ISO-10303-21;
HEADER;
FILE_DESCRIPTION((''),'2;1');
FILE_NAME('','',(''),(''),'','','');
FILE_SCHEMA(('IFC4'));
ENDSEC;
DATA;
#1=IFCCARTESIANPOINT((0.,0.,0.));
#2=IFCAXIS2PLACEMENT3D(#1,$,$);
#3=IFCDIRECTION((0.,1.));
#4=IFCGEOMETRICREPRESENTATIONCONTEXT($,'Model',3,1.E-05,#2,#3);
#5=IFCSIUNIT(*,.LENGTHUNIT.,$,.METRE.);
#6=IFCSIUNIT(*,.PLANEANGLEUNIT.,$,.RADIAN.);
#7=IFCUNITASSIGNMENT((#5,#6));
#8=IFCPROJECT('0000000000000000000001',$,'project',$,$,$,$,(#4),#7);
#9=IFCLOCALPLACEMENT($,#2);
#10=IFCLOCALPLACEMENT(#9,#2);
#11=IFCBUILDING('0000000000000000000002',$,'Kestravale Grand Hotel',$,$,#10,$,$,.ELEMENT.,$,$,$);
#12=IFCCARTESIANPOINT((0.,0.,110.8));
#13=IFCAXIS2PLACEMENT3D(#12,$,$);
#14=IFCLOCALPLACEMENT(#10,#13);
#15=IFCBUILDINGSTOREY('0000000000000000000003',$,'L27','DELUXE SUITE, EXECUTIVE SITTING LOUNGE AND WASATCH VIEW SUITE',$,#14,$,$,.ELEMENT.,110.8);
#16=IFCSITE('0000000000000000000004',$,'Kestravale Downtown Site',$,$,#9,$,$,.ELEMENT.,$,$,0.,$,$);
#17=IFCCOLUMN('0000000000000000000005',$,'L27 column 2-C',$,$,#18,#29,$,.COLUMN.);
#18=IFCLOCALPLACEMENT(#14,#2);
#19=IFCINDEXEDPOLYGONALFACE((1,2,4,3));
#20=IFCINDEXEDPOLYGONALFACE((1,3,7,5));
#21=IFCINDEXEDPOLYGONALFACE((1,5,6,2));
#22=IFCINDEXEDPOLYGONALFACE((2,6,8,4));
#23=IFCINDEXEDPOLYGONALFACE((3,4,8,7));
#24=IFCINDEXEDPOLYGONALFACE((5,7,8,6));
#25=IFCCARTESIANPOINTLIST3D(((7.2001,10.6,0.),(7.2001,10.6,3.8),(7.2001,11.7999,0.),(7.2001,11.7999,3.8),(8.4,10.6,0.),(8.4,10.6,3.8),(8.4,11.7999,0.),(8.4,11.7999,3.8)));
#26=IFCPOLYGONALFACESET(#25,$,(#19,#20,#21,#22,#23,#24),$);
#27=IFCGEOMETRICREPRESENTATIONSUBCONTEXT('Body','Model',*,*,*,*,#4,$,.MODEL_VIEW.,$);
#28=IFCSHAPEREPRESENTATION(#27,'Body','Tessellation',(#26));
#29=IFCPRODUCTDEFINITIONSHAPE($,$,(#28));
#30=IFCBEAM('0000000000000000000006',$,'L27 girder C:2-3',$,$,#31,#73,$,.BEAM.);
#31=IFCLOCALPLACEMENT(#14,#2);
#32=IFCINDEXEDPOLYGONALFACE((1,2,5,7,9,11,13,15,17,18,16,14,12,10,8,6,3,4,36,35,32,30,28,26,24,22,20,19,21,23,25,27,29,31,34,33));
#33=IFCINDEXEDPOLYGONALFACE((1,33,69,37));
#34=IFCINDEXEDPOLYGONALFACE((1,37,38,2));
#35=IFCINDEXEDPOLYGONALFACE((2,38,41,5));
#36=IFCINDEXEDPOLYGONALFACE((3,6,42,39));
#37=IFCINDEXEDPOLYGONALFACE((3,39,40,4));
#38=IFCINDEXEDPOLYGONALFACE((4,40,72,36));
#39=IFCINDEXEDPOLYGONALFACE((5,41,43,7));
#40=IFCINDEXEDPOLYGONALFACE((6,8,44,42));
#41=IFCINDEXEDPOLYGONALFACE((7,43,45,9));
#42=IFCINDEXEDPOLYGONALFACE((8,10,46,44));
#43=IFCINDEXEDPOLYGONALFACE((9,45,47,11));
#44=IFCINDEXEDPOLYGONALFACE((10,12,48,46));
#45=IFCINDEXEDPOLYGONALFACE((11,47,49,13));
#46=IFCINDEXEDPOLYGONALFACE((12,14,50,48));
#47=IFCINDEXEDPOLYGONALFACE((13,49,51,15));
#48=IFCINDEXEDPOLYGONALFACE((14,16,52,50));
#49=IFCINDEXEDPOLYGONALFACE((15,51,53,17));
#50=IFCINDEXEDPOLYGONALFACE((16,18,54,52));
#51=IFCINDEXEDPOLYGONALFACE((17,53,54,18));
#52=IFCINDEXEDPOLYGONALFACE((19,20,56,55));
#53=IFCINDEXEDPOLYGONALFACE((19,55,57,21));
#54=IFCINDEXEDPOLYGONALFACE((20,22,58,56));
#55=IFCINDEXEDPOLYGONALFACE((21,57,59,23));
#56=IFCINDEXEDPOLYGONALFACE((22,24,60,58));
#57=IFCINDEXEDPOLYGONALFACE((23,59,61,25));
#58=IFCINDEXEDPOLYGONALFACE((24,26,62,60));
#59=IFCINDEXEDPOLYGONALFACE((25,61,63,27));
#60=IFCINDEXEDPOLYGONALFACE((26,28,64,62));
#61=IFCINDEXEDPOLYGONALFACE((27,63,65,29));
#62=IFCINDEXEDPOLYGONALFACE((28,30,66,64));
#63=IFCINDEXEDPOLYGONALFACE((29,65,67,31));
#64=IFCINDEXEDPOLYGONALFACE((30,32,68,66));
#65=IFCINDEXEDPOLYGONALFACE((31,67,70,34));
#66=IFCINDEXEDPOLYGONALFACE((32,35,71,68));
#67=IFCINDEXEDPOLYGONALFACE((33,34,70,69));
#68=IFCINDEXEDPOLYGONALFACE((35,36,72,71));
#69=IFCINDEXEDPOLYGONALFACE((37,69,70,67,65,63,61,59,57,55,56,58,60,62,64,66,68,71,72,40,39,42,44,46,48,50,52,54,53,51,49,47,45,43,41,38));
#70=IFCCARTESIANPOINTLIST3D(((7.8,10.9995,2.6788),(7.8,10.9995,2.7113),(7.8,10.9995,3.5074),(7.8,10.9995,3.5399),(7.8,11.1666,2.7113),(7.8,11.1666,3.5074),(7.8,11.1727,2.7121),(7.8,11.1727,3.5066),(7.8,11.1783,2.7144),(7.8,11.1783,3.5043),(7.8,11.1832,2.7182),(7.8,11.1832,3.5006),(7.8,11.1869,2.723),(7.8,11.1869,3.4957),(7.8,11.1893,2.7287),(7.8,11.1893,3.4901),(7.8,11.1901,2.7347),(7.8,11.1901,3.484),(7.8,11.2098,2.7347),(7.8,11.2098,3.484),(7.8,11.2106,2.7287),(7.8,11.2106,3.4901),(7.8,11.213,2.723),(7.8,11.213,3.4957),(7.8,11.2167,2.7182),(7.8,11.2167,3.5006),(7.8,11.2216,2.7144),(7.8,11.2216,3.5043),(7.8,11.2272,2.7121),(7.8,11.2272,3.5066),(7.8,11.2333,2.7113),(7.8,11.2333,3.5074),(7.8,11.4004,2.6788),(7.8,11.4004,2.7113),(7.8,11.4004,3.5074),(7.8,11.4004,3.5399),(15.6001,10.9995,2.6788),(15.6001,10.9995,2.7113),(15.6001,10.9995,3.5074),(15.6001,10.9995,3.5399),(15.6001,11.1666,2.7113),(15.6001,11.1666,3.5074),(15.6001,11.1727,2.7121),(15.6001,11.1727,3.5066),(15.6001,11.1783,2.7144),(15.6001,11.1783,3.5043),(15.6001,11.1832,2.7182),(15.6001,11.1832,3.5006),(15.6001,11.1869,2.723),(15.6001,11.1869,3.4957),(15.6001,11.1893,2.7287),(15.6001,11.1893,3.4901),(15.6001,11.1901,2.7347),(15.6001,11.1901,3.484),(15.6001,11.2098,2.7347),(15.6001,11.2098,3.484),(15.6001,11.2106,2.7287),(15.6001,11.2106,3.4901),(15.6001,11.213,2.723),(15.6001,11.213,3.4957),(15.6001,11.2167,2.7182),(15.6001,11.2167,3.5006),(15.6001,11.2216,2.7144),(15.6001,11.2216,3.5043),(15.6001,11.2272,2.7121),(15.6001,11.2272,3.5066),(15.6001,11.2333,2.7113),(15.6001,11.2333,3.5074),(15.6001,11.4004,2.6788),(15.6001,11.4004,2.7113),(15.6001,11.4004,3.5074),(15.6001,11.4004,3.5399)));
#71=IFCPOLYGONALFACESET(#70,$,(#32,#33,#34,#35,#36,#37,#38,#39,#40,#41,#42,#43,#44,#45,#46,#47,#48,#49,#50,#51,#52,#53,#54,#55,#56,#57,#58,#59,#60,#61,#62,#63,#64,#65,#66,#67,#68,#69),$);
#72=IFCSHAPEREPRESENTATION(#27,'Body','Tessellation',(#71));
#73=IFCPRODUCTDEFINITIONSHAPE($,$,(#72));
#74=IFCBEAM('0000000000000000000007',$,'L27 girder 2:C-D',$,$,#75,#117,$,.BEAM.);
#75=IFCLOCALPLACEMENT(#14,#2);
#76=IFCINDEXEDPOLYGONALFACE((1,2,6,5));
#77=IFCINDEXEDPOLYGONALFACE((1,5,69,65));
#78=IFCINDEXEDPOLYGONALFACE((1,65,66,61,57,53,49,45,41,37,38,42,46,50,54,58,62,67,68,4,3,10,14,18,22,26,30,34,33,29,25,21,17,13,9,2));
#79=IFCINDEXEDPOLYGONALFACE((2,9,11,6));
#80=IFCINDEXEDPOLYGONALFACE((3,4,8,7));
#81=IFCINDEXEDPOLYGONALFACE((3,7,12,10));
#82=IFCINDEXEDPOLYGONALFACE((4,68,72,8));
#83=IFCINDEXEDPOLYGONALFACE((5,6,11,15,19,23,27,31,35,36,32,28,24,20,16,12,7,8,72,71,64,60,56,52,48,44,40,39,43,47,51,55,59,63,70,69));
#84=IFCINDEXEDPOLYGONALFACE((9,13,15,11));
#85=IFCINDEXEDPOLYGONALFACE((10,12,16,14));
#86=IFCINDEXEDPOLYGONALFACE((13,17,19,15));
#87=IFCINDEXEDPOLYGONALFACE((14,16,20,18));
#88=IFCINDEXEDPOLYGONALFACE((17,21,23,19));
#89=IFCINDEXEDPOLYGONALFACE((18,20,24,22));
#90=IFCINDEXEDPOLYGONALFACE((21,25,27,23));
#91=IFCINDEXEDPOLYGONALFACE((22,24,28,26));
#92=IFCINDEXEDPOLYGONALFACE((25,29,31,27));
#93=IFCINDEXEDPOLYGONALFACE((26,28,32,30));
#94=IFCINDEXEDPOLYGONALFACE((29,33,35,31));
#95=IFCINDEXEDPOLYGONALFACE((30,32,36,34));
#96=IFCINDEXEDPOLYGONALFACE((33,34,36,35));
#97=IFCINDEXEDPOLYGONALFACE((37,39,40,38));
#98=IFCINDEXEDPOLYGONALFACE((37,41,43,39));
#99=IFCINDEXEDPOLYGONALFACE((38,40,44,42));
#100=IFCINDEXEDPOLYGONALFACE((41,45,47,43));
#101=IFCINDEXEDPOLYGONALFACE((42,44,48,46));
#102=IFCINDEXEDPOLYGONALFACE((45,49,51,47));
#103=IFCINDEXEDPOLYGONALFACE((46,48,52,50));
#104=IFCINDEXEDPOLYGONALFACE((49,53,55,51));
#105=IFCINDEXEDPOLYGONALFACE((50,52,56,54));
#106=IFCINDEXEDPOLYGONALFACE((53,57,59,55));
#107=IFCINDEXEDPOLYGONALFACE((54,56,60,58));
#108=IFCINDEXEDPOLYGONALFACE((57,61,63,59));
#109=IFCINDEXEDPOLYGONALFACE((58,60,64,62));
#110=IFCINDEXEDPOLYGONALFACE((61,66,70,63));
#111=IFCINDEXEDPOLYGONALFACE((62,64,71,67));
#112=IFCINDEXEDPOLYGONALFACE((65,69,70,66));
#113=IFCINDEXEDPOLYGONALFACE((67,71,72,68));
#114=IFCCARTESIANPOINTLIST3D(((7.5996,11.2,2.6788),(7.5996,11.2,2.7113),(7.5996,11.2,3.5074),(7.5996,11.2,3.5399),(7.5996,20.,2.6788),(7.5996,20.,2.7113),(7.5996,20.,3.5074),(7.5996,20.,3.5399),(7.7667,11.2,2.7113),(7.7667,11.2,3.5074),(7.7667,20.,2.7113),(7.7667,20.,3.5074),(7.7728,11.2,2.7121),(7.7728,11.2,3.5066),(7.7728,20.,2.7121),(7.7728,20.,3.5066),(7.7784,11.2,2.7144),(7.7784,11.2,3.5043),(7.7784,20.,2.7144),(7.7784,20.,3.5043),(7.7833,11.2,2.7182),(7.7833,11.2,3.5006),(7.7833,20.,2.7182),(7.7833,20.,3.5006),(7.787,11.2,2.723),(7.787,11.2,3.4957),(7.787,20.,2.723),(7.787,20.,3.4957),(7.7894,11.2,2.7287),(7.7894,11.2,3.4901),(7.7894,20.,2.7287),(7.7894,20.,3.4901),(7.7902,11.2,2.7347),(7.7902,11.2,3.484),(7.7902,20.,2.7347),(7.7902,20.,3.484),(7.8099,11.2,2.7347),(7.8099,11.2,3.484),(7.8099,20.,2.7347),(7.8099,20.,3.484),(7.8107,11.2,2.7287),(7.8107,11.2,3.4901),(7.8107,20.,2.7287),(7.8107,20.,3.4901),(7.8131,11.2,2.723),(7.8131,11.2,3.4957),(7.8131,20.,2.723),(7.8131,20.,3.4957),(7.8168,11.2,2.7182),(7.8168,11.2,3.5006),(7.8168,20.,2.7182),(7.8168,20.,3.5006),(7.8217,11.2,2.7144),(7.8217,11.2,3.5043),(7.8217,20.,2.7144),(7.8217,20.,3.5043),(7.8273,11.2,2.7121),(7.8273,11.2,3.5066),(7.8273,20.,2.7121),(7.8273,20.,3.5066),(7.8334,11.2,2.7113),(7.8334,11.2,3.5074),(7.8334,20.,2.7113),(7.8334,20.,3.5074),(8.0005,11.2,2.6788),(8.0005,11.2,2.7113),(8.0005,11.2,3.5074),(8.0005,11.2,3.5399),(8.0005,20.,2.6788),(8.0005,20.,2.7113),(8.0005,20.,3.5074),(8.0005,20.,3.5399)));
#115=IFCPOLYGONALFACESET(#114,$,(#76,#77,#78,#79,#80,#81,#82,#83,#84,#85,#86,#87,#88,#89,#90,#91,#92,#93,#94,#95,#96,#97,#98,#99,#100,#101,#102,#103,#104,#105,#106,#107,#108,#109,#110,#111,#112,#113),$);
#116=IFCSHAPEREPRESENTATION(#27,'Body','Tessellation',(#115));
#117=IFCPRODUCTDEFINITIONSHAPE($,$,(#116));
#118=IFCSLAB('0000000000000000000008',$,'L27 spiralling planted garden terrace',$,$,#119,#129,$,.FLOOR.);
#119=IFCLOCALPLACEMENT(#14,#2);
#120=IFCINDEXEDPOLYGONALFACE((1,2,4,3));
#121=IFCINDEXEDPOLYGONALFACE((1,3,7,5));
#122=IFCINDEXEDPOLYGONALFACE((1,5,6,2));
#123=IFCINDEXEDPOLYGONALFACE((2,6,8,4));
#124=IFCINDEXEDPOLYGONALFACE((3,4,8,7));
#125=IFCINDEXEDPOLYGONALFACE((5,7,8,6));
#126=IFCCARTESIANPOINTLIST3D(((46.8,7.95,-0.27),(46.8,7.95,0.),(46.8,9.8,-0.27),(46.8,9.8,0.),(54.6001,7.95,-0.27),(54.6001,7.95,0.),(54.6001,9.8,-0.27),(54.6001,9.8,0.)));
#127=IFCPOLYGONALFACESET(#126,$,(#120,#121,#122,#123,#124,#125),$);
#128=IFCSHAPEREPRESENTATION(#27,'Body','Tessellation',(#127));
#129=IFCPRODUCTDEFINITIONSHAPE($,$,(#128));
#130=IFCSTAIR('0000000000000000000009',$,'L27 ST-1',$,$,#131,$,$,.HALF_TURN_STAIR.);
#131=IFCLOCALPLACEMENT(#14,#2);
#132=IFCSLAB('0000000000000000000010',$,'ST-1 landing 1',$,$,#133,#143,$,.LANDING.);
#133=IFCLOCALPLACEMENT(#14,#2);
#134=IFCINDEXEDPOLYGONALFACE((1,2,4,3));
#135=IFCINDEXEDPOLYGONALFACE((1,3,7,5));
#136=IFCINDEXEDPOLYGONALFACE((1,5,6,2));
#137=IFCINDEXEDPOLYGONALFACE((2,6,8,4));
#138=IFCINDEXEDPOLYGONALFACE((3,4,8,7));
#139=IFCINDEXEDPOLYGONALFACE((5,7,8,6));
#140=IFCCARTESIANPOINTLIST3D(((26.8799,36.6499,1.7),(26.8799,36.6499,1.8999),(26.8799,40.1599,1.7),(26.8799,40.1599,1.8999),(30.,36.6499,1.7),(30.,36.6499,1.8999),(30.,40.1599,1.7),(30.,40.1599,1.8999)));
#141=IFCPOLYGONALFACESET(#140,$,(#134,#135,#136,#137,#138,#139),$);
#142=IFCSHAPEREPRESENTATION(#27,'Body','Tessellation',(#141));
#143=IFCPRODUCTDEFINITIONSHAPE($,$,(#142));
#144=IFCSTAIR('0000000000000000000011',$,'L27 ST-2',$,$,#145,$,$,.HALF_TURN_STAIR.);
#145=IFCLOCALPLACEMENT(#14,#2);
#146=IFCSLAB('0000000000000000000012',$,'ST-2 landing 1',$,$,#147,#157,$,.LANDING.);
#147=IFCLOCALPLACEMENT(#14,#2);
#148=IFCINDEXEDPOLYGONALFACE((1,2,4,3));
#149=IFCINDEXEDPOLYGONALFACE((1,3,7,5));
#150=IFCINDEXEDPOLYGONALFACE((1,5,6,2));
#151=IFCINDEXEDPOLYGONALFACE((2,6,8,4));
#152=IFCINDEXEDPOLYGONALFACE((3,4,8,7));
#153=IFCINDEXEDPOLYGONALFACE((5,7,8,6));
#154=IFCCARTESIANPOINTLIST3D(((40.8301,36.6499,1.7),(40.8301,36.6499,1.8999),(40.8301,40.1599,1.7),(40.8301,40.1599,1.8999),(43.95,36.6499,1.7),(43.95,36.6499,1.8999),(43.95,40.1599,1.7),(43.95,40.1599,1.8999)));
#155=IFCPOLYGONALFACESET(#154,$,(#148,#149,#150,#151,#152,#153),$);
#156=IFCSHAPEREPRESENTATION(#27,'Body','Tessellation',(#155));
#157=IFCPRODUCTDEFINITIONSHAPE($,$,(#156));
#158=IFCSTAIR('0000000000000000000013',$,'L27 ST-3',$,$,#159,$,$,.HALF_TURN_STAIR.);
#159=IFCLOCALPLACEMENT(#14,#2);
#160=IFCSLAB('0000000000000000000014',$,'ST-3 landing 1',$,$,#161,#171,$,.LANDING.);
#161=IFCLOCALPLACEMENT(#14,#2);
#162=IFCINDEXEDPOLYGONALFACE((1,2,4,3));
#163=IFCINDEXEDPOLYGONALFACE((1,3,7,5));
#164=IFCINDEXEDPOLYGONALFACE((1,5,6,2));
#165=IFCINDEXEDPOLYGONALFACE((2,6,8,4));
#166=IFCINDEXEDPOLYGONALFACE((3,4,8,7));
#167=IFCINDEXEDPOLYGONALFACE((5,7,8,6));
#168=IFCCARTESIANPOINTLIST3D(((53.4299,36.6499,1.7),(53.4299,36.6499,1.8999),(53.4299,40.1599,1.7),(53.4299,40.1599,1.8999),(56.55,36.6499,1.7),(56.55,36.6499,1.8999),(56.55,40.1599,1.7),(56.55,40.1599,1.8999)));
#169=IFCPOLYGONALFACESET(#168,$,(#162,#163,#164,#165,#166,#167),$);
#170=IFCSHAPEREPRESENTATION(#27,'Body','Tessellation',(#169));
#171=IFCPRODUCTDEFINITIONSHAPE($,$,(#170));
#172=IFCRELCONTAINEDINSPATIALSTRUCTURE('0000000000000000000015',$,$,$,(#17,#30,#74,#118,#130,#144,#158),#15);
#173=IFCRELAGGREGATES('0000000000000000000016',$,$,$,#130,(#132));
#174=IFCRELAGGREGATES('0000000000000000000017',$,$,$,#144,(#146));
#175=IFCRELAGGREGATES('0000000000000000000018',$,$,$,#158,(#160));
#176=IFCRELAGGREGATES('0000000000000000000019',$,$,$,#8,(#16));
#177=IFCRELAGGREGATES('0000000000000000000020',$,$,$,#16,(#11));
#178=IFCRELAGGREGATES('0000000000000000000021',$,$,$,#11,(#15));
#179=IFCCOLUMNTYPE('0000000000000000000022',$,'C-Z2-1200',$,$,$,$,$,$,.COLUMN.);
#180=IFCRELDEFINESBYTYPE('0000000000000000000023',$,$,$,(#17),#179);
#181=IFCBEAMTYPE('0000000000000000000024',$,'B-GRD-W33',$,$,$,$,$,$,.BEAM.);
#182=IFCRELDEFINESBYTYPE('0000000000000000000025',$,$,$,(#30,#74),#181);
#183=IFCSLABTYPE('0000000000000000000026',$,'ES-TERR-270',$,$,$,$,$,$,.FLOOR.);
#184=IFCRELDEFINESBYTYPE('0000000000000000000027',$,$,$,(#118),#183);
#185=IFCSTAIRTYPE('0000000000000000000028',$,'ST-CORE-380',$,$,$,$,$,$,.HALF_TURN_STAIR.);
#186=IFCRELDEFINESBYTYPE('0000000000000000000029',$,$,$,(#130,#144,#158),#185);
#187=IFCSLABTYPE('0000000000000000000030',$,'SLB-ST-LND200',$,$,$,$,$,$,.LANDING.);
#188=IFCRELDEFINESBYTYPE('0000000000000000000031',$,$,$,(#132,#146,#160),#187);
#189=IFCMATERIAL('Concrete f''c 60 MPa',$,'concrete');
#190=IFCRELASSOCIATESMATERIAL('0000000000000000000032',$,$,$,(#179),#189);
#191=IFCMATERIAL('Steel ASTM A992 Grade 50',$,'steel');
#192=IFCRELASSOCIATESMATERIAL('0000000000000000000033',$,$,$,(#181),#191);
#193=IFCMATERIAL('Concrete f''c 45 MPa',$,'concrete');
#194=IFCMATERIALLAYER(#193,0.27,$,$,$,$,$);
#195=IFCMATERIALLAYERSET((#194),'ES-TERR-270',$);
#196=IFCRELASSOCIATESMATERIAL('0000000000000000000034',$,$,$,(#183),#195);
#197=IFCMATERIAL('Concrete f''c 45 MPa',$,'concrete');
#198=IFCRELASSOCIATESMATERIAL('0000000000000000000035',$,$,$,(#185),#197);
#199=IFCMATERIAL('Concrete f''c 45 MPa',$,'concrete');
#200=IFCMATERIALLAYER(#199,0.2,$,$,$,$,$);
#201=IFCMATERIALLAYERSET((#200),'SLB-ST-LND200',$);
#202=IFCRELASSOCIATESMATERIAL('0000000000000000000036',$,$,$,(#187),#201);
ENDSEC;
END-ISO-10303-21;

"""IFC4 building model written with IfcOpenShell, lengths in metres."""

from ifc_helpers import new_model, si_unit, direction, frame, origin, origin_2d, place, context, subcontext, project, spatial, polyline, rectangle, i_section, outline, extrude, material, layer, layer_set, material_profile, profile_set, type_object, element, aggregate, save


model = new_model("IFC4")

# Units and contexts
model_context = context("Model", 3, precision=1e-05, world=origin(), true_north=direction((0.0, 1.0)))
body_context = subcontext(model_context, "Body", "Model", "MODEL_VIEW")
ifc_project = project(units=[si_unit("LENGTHUNIT", "METRE"), si_unit("PLANEANGLEUNIT", "RADIAN")], contexts=[model_context])

# Site, building, storey
site_placement = place(None, origin())
site = spatial("IfcSite", under=ifc_project, at=site_placement, Name="Kestravale Downtown Site", CompositionType="ELEMENT", RefElevation=0.0)
building_placement = place(site_placement, origin())
building = spatial("IfcBuilding", under=site, at=building_placement, Name="Kestravale Grand Hotel", CompositionType="ELEMENT")
storey_placement = place(building_placement, frame((0.0, 0.0, 110.8)))
storey = spatial("IfcBuildingStorey", under=building, at=storey_placement, Name="L27", Description="DELUXE SUITE, EXECUTIVE SITTING LOUNGE AND WASATCH VIEW SUITE", CompositionType="ELEMENT", Elevation=110.8)

# Column
ifc_material_1 = material(Name="Concrete f'c 60 MPa", Category="concrete")
ifc_material_profile_1 = material_profile(ifc_material_1, rectangle(XDim=1.2, YDim=1.2, at=origin_2d()))
ifc_profile_set_1 = profile_set([ifc_material_profile_1], Name="Concrete f'c 60 MPa")
column_type = type_object("IfcColumnType", Name="C-Z2-1200", PredefinedType="COLUMN", material=ifc_profile_set_1)
column_placement = place(storey_placement, frame((7.8, 11.2, 0.0), z_axis=(0.0, 0.0, 1.0), x_axis=(1.0, 0.0, 0.0)))
element("IfcColumn", 1, at=column_placement, inside=storey, type_object=column_type, Name="L27 column 2-C", PredefinedType="COLUMN", context=body_context, shape_type="SweptSolid", body=[
    extrude(rectangle(XDim=1.2, YDim=1.2, at=origin_2d()), origin(), (0.0, 0.0, 1.0), 3.8),
])

# Beams
ifc_material_2 = material(Name="Steel ASTM A992 Grade 50", Category="steel")
ifc_material_profile_2 = material_profile(ifc_material_2, i_section(OverallWidth=0.4009, OverallDepth=0.8611, WebThickness=0.0198, FlangeThickness=0.0325, FilletRadius=0.0234, at=origin_2d()))
ifc_profile_set_2 = profile_set([ifc_material_profile_2], Name="Steel ASTM A992 Grade 50")
beam_type = type_object("IfcBeamType", Name="B-GRD-W33", PredefinedType="BEAM", material=ifc_profile_set_2)
beam_1_placement = place(storey_placement, frame((7.8, 11.2, 3.1094), z_axis=(1.0, 0.0, 0.0), x_axis=(0.0, 1.0, 0.0)))
element("IfcBeam", 2, at=beam_1_placement, inside=storey, type_object=beam_type, Name="L27 girder C:2-3", PredefinedType="BEAM", context=body_context, shape_type="SweptSolid", body=[
    extrude(i_section(OverallWidth=0.4009, OverallDepth=0.8611, WebThickness=0.0198, FlangeThickness=0.0325, FilletRadius=0.0234, at=origin_2d()), origin(), (0.0, 0.0, 1.0), 7.8),
])
beam_2_placement = place(storey_placement, frame((7.8, 11.2, 3.1094), z_axis=(0.0, 1.0, 0.0), x_axis=(-1.0, 0.0, 0.0)))
element("IfcBeam", 3, at=beam_2_placement, inside=storey, type_object=beam_type, Name="L27 girder 2:C-D", PredefinedType="BEAM", context=body_context, shape_type="SweptSolid", body=[
    extrude(i_section(OverallWidth=0.4009, OverallDepth=0.8611, WebThickness=0.0198, FlangeThickness=0.0325, FilletRadius=0.0234, at=origin_2d()), origin(), (0.0, 0.0, 1.0), 8.8),
])

# Slab
ifc_material_3 = material(Name="Concrete f'c 45 MPa", Category="concrete")
ifc_layer_1 = layer(ifc_material_3, 0.27)
ifc_layer_set_1 = layer_set([ifc_layer_1], Name="ES-TERR-270")
slab_type_1 = type_object("IfcSlabType", Name="ES-TERR-270", PredefinedType="FLOOR", material=ifc_layer_set_1)
slab_1_placement = place(storey_placement, frame((0.0, 0.0, -0.27)))
element("IfcSlab", 4, at=slab_1_placement, inside=storey, type_object=slab_type_1, Name="L27 spiralling planted garden terrace", PredefinedType="FLOOR", context=body_context, shape_type="SweptSolid", body=[
    extrude(outline(polyline([(46.8, 7.95), (54.6001, 7.95), (54.6001, 9.8), (46.8, 9.8), (46.8, 7.95)])), origin(), (0.0, 0.0, 1.0), 0.27),
])

# Stairs, slabs
ifc_material_4 = material(Name="Concrete f'c 45 MPa", Category="concrete")
stair_type = type_object("IfcStairType", Name="ST-CORE-380", PredefinedType="HALF_TURN_STAIR", material=ifc_material_4)
stair_1_placement = place(storey_placement, origin())
stair_1 = element("IfcStair", 5, at=stair_1_placement, inside=storey, type_object=stair_type, Name="L27 ST-1", PredefinedType="HALF_TURN_STAIR")
ifc_material_5 = material(Name="Concrete f'c 45 MPa", Category="concrete")
ifc_layer_2 = layer(ifc_material_5, 0.2)
ifc_layer_set_2 = layer_set([ifc_layer_2], Name="SLB-ST-LND200")
slab_type_2 = type_object("IfcSlabType", Name="SLB-ST-LND200", PredefinedType="LANDING", material=ifc_layer_set_2)
slab_2_placement = place(storey_placement, frame((0.0, 0.0, 1.7)))
slab_2 = element("IfcSlab", 6, at=slab_2_placement, type_object=slab_type_2, Name="ST-1 landing 1", PredefinedType="LANDING", context=body_context, shape_type="SweptSolid", body=[
    extrude(outline(polyline([(26.8799, 36.6499), (30.0, 36.6499), (30.0, 40.1599), (26.8799, 40.1599), (26.8799, 36.6499)])), origin(), (0.0, 0.0, 1.0), 0.2),
])
aggregate(stair_1, [slab_2])
stair_2_placement = place(storey_placement, origin())
stair_2 = element("IfcStair", 7, at=stair_2_placement, inside=storey, type_object=stair_type, Name="L27 ST-2", PredefinedType="HALF_TURN_STAIR")
slab_3_placement = place(storey_placement, frame((0.0, 0.0, 1.7)))
slab_3 = element("IfcSlab", 8, at=slab_3_placement, type_object=slab_type_2, Name="ST-2 landing 1", PredefinedType="LANDING", context=body_context, shape_type="SweptSolid", body=[
    extrude(outline(polyline([(40.8301, 36.6499), (43.95, 36.6499), (43.95, 40.1599), (40.8301, 40.1599), (40.8301, 36.6499)])), origin(), (0.0, 0.0, 1.0), 0.2),
])
aggregate(stair_2, [slab_3])
stair_3_placement = place(storey_placement, origin())
stair_3 = element("IfcStair", 9, at=stair_3_placement, inside=storey, type_object=stair_type, Name="L27 ST-3", PredefinedType="HALF_TURN_STAIR")
slab_4_placement = place(storey_placement, frame((0.0, 0.0, 1.7)))
slab_4 = element("IfcSlab", 10, at=slab_4_placement, type_object=slab_type_2, Name="ST-3 landing 1", PredefinedType="LANDING", context=body_context, shape_type="SweptSolid", body=[
    extrude(outline(polyline([(53.4299, 36.6499), (56.55, 36.6499), (56.55, 40.1599), (53.4299, 40.1599), (53.4299, 36.6499)])), origin(), (0.0, 0.0, 1.0), 0.2),
])
aggregate(stair_3, [slab_4])

save(model, "model.ifc")
